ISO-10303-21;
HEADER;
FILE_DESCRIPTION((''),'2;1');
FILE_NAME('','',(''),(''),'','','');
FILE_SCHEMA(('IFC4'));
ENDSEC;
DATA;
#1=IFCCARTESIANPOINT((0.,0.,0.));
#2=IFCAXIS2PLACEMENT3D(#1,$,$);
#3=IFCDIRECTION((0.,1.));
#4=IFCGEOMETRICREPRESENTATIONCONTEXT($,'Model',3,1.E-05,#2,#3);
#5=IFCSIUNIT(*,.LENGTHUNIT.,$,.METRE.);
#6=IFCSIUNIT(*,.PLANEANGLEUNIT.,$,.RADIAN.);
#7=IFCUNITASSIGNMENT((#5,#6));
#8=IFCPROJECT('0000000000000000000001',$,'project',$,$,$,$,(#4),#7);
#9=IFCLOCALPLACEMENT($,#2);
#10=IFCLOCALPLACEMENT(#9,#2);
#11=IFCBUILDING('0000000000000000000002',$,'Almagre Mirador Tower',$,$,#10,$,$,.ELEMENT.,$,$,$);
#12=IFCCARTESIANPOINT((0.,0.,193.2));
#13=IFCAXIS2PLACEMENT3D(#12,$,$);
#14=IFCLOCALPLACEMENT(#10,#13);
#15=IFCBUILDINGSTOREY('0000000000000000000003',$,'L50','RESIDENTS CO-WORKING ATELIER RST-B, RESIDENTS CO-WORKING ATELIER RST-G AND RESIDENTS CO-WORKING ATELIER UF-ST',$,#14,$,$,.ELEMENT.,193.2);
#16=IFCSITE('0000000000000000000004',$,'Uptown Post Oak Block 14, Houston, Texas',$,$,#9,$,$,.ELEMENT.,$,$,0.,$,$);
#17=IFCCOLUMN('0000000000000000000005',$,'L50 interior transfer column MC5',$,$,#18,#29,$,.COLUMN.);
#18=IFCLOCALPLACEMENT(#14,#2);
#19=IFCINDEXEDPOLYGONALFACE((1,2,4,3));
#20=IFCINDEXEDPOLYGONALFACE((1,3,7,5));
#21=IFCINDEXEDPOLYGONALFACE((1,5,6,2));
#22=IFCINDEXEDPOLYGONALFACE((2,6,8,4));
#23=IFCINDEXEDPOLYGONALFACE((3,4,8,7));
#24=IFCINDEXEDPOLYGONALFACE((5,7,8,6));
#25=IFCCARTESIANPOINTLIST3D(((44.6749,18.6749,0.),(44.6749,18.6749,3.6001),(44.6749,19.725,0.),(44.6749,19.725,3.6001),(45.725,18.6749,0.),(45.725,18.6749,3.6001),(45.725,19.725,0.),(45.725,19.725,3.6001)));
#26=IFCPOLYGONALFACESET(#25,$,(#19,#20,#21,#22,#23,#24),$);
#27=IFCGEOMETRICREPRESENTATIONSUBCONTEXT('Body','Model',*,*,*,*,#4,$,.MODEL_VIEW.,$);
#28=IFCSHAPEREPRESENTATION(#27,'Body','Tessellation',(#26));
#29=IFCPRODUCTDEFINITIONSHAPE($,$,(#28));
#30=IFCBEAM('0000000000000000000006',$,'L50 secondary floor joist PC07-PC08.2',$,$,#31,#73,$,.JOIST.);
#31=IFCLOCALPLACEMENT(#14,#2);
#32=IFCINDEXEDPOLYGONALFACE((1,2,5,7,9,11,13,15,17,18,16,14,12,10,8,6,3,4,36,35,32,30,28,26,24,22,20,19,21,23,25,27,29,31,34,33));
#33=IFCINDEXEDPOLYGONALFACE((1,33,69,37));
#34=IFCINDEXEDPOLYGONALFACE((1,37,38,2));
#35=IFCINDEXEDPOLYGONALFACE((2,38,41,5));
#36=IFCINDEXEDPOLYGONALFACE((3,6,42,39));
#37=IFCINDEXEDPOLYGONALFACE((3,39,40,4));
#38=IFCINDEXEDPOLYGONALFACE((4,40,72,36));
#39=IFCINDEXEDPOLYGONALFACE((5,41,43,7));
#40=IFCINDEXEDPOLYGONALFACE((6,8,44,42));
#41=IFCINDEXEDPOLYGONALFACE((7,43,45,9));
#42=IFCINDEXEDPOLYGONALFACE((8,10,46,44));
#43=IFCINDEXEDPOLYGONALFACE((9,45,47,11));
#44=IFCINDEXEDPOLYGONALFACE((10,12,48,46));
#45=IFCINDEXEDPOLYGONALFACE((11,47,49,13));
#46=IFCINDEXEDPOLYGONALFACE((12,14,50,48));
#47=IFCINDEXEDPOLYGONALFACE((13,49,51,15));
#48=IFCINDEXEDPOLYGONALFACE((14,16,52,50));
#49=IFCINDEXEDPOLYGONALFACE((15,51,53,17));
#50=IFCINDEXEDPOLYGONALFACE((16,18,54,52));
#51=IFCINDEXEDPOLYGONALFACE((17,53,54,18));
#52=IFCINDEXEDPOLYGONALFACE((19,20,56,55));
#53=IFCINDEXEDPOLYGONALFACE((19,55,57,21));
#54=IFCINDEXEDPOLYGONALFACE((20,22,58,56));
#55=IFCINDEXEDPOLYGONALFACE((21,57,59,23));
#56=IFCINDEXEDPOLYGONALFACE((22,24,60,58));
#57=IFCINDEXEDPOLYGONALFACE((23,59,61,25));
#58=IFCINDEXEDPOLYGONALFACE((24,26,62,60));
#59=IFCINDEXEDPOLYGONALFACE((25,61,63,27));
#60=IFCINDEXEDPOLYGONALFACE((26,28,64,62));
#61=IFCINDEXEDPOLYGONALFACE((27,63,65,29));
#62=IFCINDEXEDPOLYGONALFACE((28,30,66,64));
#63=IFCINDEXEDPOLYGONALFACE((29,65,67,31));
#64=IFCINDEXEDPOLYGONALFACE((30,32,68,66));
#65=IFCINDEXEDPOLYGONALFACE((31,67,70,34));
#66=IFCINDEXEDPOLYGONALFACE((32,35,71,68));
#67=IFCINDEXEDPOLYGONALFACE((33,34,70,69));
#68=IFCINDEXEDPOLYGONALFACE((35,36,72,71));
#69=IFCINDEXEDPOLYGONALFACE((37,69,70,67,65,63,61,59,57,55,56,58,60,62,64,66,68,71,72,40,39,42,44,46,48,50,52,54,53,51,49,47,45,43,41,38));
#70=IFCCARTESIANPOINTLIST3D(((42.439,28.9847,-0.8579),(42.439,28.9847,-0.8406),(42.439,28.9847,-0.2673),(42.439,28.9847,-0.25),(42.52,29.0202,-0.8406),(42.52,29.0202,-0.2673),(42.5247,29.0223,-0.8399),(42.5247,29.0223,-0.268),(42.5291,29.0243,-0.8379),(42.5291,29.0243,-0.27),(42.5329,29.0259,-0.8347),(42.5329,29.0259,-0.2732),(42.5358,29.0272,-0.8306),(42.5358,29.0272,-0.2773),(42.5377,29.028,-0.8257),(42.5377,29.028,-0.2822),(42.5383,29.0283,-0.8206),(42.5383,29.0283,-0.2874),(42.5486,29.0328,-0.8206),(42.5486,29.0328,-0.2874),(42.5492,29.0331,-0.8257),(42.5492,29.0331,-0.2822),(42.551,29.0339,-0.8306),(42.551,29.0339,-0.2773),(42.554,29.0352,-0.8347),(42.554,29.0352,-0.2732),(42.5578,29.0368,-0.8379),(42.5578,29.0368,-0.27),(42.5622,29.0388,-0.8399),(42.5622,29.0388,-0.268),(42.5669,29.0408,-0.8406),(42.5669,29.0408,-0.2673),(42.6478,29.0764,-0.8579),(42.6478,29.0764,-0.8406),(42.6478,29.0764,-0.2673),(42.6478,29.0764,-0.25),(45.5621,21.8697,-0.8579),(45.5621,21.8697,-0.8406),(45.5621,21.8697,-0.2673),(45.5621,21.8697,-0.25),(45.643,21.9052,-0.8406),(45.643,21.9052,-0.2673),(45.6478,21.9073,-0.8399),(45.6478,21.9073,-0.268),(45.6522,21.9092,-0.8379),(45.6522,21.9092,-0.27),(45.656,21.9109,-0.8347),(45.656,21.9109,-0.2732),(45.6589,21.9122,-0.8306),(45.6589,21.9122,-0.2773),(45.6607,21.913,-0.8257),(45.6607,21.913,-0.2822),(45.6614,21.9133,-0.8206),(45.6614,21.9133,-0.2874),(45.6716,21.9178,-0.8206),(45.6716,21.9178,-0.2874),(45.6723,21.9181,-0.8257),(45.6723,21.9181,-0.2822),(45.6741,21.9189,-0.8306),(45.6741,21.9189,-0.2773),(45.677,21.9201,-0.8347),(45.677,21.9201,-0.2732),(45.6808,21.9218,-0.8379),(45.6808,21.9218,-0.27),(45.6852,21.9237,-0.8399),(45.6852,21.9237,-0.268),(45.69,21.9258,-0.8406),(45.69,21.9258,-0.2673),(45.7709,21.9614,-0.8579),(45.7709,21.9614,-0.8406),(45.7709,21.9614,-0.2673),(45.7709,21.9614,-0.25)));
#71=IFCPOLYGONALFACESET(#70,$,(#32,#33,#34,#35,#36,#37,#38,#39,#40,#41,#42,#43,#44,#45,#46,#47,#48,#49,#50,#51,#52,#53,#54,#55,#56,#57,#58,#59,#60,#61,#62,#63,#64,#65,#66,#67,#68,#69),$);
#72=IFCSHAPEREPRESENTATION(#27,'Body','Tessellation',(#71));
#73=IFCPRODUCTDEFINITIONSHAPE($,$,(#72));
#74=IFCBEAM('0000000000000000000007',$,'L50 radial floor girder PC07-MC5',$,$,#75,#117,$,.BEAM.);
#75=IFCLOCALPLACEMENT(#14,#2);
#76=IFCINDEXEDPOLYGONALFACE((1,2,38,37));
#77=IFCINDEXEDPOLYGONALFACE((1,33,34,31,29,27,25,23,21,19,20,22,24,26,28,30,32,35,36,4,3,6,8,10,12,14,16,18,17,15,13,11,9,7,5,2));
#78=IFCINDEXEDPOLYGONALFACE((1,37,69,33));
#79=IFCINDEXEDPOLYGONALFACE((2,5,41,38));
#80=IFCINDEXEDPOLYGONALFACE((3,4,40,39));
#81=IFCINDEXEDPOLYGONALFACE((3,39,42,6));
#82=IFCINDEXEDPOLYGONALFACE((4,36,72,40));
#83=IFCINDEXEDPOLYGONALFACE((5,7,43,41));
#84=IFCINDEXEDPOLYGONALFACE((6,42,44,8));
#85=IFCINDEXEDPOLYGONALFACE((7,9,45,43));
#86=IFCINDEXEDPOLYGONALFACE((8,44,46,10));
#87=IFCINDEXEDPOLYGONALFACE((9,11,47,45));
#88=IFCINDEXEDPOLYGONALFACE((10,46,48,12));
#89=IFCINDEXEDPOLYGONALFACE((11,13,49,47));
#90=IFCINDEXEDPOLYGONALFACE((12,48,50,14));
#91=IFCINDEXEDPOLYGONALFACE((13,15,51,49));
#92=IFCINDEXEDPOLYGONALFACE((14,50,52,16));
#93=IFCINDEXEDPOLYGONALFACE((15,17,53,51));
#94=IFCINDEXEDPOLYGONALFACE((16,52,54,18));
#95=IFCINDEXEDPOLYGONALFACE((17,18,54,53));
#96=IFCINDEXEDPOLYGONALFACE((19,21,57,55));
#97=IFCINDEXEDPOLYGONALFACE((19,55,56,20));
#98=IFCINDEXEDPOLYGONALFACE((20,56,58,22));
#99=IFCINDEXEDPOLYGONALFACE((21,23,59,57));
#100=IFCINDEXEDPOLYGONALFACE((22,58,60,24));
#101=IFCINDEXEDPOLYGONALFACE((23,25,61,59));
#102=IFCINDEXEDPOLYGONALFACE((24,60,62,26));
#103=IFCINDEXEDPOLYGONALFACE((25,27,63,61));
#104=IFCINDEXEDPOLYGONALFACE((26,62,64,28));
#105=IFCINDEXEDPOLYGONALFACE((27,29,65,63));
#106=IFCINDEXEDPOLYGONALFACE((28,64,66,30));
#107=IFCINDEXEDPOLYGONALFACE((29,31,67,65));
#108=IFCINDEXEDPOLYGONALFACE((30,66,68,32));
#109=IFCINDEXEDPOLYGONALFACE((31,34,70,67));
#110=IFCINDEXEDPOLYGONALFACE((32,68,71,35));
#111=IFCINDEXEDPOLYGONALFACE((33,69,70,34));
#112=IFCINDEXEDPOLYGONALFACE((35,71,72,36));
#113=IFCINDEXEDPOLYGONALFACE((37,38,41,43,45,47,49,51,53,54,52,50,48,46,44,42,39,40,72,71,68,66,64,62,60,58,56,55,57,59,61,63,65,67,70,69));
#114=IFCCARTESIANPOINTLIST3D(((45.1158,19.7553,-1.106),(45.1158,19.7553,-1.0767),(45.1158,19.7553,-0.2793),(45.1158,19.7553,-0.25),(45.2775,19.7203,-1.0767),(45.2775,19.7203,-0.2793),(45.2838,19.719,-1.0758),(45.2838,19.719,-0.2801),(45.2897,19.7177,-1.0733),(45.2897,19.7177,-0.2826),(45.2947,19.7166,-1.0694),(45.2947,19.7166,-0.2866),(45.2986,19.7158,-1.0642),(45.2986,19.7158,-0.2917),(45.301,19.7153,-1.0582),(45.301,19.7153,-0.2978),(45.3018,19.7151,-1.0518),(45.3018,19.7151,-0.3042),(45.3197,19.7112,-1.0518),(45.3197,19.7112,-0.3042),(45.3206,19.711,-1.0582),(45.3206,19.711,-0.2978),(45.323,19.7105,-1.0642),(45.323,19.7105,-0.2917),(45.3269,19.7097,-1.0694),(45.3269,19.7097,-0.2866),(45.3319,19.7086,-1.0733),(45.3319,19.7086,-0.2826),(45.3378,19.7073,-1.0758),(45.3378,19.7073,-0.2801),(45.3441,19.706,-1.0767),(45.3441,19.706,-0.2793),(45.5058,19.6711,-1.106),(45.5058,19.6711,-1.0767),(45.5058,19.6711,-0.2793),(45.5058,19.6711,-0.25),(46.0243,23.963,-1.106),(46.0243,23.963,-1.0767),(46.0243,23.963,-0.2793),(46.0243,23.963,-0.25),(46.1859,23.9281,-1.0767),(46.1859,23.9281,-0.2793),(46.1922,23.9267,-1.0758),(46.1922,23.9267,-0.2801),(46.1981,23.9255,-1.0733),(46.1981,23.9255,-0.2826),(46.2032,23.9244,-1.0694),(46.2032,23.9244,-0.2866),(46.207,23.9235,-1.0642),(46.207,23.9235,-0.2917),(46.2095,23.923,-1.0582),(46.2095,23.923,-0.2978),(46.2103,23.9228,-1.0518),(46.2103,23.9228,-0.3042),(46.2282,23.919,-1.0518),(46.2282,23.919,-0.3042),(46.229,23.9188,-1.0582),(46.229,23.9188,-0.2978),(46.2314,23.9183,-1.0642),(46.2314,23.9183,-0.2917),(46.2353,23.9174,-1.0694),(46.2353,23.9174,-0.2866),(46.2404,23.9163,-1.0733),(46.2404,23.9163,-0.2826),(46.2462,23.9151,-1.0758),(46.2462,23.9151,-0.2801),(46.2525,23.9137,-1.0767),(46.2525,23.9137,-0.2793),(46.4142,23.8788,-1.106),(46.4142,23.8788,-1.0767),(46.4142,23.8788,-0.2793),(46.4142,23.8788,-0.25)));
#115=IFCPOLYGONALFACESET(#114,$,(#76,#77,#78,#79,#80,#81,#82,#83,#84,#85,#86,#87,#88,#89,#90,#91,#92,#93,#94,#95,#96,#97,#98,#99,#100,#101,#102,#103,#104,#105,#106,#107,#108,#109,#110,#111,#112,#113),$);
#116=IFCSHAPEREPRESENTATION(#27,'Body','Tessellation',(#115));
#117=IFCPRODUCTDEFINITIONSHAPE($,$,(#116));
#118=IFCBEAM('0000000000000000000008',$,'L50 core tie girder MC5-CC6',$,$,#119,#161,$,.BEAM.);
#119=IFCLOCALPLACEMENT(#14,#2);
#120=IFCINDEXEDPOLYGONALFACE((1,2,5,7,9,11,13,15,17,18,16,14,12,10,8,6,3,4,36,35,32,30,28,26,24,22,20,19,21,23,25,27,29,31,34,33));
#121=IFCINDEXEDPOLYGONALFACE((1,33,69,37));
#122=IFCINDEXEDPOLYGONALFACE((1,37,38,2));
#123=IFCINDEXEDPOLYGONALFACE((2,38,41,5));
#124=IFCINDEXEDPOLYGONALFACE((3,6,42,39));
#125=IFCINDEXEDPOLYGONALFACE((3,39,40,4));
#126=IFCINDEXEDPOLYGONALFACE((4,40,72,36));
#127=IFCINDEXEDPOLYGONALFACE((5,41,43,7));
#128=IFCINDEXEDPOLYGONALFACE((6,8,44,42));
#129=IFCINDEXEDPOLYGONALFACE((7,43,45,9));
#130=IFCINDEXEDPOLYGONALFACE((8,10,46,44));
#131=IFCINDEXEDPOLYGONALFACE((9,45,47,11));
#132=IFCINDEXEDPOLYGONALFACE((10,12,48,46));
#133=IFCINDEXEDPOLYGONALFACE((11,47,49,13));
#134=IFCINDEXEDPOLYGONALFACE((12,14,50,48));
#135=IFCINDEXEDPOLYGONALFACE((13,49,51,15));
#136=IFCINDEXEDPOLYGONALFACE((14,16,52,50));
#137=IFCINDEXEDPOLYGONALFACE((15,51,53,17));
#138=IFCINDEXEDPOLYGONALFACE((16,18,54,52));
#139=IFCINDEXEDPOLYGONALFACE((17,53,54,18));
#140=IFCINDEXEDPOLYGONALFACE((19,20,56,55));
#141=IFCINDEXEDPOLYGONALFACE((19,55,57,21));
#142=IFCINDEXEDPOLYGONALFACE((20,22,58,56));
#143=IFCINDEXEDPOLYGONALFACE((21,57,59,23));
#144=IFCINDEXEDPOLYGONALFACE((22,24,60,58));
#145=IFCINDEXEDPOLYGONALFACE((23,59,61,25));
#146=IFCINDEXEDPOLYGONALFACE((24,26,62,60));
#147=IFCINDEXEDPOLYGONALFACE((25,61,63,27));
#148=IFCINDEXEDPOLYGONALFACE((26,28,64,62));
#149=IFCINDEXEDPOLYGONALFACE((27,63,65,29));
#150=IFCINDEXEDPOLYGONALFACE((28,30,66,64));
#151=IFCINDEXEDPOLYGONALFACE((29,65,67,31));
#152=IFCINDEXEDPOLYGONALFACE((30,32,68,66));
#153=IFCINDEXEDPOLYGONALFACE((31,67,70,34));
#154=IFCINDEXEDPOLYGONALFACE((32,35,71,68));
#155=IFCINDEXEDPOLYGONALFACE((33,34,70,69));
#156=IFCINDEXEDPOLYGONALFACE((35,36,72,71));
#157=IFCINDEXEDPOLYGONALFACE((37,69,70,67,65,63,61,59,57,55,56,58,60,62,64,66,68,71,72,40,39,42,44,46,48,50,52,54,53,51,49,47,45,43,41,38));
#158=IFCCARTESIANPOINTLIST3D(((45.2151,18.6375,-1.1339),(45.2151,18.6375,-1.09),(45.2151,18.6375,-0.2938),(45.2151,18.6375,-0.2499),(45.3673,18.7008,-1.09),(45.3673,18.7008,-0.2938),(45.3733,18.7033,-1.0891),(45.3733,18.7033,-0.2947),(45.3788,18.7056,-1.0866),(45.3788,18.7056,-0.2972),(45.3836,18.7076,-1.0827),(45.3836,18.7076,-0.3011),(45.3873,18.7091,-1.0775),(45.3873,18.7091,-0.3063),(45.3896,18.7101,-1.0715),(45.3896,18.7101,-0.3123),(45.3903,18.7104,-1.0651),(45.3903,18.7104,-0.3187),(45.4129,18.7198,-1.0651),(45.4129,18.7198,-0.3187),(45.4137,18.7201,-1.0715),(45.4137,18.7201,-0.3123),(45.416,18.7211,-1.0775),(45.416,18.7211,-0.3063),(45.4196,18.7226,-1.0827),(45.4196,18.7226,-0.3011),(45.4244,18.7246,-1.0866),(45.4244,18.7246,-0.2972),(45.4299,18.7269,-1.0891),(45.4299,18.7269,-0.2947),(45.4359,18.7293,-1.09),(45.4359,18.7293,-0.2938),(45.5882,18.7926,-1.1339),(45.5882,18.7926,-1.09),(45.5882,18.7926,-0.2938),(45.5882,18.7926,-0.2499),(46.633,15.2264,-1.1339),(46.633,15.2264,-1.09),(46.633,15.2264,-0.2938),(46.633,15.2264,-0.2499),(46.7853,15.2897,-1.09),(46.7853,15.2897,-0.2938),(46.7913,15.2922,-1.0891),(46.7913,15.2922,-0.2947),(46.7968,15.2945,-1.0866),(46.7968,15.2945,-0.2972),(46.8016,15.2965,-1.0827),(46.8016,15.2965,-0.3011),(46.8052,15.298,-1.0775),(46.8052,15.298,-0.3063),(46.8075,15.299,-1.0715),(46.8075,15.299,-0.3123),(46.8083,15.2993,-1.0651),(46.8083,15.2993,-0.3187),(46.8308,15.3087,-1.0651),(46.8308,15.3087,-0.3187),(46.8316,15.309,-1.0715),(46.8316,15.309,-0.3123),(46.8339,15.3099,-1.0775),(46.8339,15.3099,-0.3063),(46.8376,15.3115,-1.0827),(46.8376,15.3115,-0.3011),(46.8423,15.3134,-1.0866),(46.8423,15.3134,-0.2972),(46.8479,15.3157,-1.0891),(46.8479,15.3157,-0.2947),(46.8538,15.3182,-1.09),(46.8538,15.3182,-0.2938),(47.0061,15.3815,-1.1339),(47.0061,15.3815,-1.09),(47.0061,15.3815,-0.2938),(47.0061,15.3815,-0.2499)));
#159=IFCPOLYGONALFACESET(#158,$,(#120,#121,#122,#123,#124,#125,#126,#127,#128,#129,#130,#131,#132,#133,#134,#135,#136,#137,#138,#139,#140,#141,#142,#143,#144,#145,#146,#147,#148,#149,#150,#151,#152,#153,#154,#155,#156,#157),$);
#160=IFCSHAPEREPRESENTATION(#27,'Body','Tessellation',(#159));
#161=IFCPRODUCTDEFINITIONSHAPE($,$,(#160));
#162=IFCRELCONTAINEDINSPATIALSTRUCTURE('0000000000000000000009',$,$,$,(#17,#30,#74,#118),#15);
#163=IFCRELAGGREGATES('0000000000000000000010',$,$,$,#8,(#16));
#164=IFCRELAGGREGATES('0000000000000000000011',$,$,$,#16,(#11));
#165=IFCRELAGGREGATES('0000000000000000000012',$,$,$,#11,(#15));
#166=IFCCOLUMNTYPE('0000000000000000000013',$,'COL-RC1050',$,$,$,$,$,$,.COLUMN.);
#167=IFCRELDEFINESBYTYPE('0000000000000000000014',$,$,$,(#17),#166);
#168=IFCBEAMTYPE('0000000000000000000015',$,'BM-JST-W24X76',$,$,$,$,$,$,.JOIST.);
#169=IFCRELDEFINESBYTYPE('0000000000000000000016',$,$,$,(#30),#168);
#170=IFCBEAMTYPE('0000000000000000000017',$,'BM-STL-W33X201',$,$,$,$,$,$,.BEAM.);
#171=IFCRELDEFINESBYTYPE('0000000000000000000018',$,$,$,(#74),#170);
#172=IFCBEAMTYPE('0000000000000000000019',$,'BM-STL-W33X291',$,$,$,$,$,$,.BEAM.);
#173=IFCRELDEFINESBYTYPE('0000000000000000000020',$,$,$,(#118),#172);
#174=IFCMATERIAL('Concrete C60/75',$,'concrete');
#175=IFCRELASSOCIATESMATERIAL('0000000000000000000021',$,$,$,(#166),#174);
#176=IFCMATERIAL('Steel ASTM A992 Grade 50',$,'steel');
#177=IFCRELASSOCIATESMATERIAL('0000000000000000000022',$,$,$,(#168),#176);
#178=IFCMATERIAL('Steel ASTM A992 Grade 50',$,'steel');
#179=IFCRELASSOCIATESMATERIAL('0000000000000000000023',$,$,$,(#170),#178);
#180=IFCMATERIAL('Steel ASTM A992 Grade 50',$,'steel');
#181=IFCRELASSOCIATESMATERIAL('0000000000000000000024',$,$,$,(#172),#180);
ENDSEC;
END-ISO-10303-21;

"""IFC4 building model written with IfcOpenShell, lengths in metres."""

from ifc_helpers import new_model, si_unit, direction, frame, origin, origin_2d, place, context, subcontext, project, spatial, rectangle, i_section, extrude, material, material_profile, profile_set, type_object, element, save


model = new_model("IFC4")

# Units and contexts
model_context = context("Model", 3, precision=1e-05, world=origin(), true_north=direction((0.0, 1.0)))
body_context = subcontext(model_context, "Body", "Model", "MODEL_VIEW")
ifc_project = project(units=[si_unit("LENGTHUNIT", "METRE"), si_unit("PLANEANGLEUNIT", "RADIAN")], contexts=[model_context])

# Site, building, storey
site_placement = place(None, origin())
site = spatial("IfcSite", under=ifc_project, at=site_placement, Name="Uptown Post Oak Block 14, Houston, Texas", CompositionType="ELEMENT", RefElevation=0.0)
building_placement = place(site_placement, origin())
building = spatial("IfcBuilding", under=site, at=building_placement, Name="Almagre Mirador Tower", CompositionType="ELEMENT")
storey_placement = place(building_placement, frame((0.0, 0.0, 193.2)))
storey = spatial("IfcBuildingStorey", under=building, at=storey_placement, Name="L50", Description="RESIDENTS CO-WORKING ATELIER RST-B, RESIDENTS CO-WORKING ATELIER RST-G AND RESIDENTS CO-WORKING ATELIER UF-ST", CompositionType="ELEMENT", Elevation=193.2)

# Column
ifc_material_1 = material(Name="Concrete C60/75", Category="concrete")
ifc_material_profile_1 = material_profile(ifc_material_1, rectangle(XDim=1.05, YDim=1.05, at=origin_2d()), Name="RC1050X1050")
ifc_profile_set_1 = profile_set([ifc_material_profile_1], Name="Concrete C60/75")
column_type = type_object("IfcColumnType", Name="COL-RC1050", PredefinedType="COLUMN", material=ifc_profile_set_1)
column_placement = place(storey_placement, frame((45.2, 19.2, 0.0), z_axis=(0.0, 0.0, 1.0), x_axis=(1.0, 0.0, 0.0)))
element("IfcColumn", 1, at=column_placement, inside=storey, type_object=column_type, Name="L50 interior transfer column MC5", PredefinedType="COLUMN", context=body_context, shape_type="SweptSolid", body=[
    extrude(rectangle(XDim=1.05, YDim=1.05, at=origin_2d()), origin(), (0.0, 0.0, 1.0), 3.6001),
])

# Beams
ifc_material_2 = material(Name="Steel ASTM A992 Grade 50", Category="steel")
ifc_material_profile_2 = material_profile(ifc_material_2, i_section(OverallWidth=0.228, OverallDepth=0.6079, WebThickness=0.0112, FlangeThickness=0.0173, FilletRadius=0.02, at=origin_2d()), Name="W24X76")
ifc_profile_set_2 = profile_set([ifc_material_profile_2], Name="Steel ASTM A992 Grade 50")
beam_type_1 = type_object("IfcBeamType", Name="BM-JST-W24X76", PredefinedType="JOIST", material=ifc_profile_set_2)
beam_1_placement = place(storey_placement, frame((45.6665, 21.9155, -0.554), z_axis=(-0.401925, 0.915673, 0.0), x_axis=(-0.915673, -0.401925, 0.0)))
element("IfcBeam", 2, at=beam_1_placement, inside=storey, type_object=beam_type_1, Name="L50 secondary floor joist PC07-PC08.2", PredefinedType="JOIST", context=body_context, shape_type="SweptSolid", body=[
    extrude(i_section(OverallWidth=0.228, OverallDepth=0.6079, WebThickness=0.0112, FlangeThickness=0.0173, FilletRadius=0.02, at=origin_2d()), origin(), (0.0, 0.0, 1.0), 7.7703),
])
ifc_material_3 = material(Name="Steel ASTM A992 Grade 50", Category="steel")
ifc_material_profile_3 = material_profile(ifc_material_3, i_section(OverallWidth=0.3989, OverallDepth=0.856, WebThickness=0.0183, FlangeThickness=0.0293, FilletRadius=0.0249, at=origin_2d()), Name="W33X201")
ifc_profile_set_3 = profile_set([ifc_material_profile_3], Name="Steel ASTM A992 Grade 50")
beam_type_2 = type_object("IfcBeamType", Name="BM-STL-W33X201", PredefinedType="BEAM", material=ifc_profile_set_3)
beam_2_placement = place(storey_placement, frame((46.2192, 23.9209, -0.678), z_axis=(-0.211036, -0.977478, 0.0), x_axis=(0.977478, -0.211036, 0.0)))
element("IfcBeam", 3, at=beam_2_placement, inside=storey, type_object=beam_type_2, Name="L50 radial floor girder PC07-MC5", PredefinedType="BEAM", context=body_context, shape_type="SweptSolid", body=[
    extrude(i_section(OverallWidth=0.3989, OverallDepth=0.856, WebThickness=0.0183, FlangeThickness=0.0293, FilletRadius=0.0249, at=origin_2d()), origin(), (0.0, 0.0, 1.0), 4.3047),
])
ifc_material_4 = material(Name="Steel ASTM A992 Grade 50", Category="steel")
ifc_material_profile_4 = material_profile(ifc_material_4, i_section(OverallWidth=0.4041, OverallDepth=0.884, WebThickness=0.0244, FlangeThickness=0.0439, FilletRadius=0.0249, at=origin_2d()), Name="W33X291")
ifc_profile_set_4 = profile_set([ifc_material_profile_4], Name="Steel ASTM A992 Grade 50")
beam_type_3 = type_object("IfcBeamType", Name="BM-STL-W33X291", PredefinedType="BEAM", material=ifc_profile_set_4)
beam_3_placement = place(storey_placement, frame((45.4016, 18.7151, -0.6919), z_axis=(0.383846, -0.923397, 0.0), x_axis=(0.923397, 0.383846, 0.0)))
element("IfcBeam", 4, at=beam_3_placement, inside=storey, type_object=beam_type_3, Name="L50 core tie girder MC5-CC6", PredefinedType="BEAM", context=body_context, shape_type="SweptSolid", body=[
    extrude(i_section(OverallWidth=0.4041, OverallDepth=0.884, WebThickness=0.0244, FlangeThickness=0.0439, FilletRadius=0.0249, at=origin_2d()), origin(), (0.0, 0.0, 1.0), 3.6941),
])

save(model, "model.ifc")
